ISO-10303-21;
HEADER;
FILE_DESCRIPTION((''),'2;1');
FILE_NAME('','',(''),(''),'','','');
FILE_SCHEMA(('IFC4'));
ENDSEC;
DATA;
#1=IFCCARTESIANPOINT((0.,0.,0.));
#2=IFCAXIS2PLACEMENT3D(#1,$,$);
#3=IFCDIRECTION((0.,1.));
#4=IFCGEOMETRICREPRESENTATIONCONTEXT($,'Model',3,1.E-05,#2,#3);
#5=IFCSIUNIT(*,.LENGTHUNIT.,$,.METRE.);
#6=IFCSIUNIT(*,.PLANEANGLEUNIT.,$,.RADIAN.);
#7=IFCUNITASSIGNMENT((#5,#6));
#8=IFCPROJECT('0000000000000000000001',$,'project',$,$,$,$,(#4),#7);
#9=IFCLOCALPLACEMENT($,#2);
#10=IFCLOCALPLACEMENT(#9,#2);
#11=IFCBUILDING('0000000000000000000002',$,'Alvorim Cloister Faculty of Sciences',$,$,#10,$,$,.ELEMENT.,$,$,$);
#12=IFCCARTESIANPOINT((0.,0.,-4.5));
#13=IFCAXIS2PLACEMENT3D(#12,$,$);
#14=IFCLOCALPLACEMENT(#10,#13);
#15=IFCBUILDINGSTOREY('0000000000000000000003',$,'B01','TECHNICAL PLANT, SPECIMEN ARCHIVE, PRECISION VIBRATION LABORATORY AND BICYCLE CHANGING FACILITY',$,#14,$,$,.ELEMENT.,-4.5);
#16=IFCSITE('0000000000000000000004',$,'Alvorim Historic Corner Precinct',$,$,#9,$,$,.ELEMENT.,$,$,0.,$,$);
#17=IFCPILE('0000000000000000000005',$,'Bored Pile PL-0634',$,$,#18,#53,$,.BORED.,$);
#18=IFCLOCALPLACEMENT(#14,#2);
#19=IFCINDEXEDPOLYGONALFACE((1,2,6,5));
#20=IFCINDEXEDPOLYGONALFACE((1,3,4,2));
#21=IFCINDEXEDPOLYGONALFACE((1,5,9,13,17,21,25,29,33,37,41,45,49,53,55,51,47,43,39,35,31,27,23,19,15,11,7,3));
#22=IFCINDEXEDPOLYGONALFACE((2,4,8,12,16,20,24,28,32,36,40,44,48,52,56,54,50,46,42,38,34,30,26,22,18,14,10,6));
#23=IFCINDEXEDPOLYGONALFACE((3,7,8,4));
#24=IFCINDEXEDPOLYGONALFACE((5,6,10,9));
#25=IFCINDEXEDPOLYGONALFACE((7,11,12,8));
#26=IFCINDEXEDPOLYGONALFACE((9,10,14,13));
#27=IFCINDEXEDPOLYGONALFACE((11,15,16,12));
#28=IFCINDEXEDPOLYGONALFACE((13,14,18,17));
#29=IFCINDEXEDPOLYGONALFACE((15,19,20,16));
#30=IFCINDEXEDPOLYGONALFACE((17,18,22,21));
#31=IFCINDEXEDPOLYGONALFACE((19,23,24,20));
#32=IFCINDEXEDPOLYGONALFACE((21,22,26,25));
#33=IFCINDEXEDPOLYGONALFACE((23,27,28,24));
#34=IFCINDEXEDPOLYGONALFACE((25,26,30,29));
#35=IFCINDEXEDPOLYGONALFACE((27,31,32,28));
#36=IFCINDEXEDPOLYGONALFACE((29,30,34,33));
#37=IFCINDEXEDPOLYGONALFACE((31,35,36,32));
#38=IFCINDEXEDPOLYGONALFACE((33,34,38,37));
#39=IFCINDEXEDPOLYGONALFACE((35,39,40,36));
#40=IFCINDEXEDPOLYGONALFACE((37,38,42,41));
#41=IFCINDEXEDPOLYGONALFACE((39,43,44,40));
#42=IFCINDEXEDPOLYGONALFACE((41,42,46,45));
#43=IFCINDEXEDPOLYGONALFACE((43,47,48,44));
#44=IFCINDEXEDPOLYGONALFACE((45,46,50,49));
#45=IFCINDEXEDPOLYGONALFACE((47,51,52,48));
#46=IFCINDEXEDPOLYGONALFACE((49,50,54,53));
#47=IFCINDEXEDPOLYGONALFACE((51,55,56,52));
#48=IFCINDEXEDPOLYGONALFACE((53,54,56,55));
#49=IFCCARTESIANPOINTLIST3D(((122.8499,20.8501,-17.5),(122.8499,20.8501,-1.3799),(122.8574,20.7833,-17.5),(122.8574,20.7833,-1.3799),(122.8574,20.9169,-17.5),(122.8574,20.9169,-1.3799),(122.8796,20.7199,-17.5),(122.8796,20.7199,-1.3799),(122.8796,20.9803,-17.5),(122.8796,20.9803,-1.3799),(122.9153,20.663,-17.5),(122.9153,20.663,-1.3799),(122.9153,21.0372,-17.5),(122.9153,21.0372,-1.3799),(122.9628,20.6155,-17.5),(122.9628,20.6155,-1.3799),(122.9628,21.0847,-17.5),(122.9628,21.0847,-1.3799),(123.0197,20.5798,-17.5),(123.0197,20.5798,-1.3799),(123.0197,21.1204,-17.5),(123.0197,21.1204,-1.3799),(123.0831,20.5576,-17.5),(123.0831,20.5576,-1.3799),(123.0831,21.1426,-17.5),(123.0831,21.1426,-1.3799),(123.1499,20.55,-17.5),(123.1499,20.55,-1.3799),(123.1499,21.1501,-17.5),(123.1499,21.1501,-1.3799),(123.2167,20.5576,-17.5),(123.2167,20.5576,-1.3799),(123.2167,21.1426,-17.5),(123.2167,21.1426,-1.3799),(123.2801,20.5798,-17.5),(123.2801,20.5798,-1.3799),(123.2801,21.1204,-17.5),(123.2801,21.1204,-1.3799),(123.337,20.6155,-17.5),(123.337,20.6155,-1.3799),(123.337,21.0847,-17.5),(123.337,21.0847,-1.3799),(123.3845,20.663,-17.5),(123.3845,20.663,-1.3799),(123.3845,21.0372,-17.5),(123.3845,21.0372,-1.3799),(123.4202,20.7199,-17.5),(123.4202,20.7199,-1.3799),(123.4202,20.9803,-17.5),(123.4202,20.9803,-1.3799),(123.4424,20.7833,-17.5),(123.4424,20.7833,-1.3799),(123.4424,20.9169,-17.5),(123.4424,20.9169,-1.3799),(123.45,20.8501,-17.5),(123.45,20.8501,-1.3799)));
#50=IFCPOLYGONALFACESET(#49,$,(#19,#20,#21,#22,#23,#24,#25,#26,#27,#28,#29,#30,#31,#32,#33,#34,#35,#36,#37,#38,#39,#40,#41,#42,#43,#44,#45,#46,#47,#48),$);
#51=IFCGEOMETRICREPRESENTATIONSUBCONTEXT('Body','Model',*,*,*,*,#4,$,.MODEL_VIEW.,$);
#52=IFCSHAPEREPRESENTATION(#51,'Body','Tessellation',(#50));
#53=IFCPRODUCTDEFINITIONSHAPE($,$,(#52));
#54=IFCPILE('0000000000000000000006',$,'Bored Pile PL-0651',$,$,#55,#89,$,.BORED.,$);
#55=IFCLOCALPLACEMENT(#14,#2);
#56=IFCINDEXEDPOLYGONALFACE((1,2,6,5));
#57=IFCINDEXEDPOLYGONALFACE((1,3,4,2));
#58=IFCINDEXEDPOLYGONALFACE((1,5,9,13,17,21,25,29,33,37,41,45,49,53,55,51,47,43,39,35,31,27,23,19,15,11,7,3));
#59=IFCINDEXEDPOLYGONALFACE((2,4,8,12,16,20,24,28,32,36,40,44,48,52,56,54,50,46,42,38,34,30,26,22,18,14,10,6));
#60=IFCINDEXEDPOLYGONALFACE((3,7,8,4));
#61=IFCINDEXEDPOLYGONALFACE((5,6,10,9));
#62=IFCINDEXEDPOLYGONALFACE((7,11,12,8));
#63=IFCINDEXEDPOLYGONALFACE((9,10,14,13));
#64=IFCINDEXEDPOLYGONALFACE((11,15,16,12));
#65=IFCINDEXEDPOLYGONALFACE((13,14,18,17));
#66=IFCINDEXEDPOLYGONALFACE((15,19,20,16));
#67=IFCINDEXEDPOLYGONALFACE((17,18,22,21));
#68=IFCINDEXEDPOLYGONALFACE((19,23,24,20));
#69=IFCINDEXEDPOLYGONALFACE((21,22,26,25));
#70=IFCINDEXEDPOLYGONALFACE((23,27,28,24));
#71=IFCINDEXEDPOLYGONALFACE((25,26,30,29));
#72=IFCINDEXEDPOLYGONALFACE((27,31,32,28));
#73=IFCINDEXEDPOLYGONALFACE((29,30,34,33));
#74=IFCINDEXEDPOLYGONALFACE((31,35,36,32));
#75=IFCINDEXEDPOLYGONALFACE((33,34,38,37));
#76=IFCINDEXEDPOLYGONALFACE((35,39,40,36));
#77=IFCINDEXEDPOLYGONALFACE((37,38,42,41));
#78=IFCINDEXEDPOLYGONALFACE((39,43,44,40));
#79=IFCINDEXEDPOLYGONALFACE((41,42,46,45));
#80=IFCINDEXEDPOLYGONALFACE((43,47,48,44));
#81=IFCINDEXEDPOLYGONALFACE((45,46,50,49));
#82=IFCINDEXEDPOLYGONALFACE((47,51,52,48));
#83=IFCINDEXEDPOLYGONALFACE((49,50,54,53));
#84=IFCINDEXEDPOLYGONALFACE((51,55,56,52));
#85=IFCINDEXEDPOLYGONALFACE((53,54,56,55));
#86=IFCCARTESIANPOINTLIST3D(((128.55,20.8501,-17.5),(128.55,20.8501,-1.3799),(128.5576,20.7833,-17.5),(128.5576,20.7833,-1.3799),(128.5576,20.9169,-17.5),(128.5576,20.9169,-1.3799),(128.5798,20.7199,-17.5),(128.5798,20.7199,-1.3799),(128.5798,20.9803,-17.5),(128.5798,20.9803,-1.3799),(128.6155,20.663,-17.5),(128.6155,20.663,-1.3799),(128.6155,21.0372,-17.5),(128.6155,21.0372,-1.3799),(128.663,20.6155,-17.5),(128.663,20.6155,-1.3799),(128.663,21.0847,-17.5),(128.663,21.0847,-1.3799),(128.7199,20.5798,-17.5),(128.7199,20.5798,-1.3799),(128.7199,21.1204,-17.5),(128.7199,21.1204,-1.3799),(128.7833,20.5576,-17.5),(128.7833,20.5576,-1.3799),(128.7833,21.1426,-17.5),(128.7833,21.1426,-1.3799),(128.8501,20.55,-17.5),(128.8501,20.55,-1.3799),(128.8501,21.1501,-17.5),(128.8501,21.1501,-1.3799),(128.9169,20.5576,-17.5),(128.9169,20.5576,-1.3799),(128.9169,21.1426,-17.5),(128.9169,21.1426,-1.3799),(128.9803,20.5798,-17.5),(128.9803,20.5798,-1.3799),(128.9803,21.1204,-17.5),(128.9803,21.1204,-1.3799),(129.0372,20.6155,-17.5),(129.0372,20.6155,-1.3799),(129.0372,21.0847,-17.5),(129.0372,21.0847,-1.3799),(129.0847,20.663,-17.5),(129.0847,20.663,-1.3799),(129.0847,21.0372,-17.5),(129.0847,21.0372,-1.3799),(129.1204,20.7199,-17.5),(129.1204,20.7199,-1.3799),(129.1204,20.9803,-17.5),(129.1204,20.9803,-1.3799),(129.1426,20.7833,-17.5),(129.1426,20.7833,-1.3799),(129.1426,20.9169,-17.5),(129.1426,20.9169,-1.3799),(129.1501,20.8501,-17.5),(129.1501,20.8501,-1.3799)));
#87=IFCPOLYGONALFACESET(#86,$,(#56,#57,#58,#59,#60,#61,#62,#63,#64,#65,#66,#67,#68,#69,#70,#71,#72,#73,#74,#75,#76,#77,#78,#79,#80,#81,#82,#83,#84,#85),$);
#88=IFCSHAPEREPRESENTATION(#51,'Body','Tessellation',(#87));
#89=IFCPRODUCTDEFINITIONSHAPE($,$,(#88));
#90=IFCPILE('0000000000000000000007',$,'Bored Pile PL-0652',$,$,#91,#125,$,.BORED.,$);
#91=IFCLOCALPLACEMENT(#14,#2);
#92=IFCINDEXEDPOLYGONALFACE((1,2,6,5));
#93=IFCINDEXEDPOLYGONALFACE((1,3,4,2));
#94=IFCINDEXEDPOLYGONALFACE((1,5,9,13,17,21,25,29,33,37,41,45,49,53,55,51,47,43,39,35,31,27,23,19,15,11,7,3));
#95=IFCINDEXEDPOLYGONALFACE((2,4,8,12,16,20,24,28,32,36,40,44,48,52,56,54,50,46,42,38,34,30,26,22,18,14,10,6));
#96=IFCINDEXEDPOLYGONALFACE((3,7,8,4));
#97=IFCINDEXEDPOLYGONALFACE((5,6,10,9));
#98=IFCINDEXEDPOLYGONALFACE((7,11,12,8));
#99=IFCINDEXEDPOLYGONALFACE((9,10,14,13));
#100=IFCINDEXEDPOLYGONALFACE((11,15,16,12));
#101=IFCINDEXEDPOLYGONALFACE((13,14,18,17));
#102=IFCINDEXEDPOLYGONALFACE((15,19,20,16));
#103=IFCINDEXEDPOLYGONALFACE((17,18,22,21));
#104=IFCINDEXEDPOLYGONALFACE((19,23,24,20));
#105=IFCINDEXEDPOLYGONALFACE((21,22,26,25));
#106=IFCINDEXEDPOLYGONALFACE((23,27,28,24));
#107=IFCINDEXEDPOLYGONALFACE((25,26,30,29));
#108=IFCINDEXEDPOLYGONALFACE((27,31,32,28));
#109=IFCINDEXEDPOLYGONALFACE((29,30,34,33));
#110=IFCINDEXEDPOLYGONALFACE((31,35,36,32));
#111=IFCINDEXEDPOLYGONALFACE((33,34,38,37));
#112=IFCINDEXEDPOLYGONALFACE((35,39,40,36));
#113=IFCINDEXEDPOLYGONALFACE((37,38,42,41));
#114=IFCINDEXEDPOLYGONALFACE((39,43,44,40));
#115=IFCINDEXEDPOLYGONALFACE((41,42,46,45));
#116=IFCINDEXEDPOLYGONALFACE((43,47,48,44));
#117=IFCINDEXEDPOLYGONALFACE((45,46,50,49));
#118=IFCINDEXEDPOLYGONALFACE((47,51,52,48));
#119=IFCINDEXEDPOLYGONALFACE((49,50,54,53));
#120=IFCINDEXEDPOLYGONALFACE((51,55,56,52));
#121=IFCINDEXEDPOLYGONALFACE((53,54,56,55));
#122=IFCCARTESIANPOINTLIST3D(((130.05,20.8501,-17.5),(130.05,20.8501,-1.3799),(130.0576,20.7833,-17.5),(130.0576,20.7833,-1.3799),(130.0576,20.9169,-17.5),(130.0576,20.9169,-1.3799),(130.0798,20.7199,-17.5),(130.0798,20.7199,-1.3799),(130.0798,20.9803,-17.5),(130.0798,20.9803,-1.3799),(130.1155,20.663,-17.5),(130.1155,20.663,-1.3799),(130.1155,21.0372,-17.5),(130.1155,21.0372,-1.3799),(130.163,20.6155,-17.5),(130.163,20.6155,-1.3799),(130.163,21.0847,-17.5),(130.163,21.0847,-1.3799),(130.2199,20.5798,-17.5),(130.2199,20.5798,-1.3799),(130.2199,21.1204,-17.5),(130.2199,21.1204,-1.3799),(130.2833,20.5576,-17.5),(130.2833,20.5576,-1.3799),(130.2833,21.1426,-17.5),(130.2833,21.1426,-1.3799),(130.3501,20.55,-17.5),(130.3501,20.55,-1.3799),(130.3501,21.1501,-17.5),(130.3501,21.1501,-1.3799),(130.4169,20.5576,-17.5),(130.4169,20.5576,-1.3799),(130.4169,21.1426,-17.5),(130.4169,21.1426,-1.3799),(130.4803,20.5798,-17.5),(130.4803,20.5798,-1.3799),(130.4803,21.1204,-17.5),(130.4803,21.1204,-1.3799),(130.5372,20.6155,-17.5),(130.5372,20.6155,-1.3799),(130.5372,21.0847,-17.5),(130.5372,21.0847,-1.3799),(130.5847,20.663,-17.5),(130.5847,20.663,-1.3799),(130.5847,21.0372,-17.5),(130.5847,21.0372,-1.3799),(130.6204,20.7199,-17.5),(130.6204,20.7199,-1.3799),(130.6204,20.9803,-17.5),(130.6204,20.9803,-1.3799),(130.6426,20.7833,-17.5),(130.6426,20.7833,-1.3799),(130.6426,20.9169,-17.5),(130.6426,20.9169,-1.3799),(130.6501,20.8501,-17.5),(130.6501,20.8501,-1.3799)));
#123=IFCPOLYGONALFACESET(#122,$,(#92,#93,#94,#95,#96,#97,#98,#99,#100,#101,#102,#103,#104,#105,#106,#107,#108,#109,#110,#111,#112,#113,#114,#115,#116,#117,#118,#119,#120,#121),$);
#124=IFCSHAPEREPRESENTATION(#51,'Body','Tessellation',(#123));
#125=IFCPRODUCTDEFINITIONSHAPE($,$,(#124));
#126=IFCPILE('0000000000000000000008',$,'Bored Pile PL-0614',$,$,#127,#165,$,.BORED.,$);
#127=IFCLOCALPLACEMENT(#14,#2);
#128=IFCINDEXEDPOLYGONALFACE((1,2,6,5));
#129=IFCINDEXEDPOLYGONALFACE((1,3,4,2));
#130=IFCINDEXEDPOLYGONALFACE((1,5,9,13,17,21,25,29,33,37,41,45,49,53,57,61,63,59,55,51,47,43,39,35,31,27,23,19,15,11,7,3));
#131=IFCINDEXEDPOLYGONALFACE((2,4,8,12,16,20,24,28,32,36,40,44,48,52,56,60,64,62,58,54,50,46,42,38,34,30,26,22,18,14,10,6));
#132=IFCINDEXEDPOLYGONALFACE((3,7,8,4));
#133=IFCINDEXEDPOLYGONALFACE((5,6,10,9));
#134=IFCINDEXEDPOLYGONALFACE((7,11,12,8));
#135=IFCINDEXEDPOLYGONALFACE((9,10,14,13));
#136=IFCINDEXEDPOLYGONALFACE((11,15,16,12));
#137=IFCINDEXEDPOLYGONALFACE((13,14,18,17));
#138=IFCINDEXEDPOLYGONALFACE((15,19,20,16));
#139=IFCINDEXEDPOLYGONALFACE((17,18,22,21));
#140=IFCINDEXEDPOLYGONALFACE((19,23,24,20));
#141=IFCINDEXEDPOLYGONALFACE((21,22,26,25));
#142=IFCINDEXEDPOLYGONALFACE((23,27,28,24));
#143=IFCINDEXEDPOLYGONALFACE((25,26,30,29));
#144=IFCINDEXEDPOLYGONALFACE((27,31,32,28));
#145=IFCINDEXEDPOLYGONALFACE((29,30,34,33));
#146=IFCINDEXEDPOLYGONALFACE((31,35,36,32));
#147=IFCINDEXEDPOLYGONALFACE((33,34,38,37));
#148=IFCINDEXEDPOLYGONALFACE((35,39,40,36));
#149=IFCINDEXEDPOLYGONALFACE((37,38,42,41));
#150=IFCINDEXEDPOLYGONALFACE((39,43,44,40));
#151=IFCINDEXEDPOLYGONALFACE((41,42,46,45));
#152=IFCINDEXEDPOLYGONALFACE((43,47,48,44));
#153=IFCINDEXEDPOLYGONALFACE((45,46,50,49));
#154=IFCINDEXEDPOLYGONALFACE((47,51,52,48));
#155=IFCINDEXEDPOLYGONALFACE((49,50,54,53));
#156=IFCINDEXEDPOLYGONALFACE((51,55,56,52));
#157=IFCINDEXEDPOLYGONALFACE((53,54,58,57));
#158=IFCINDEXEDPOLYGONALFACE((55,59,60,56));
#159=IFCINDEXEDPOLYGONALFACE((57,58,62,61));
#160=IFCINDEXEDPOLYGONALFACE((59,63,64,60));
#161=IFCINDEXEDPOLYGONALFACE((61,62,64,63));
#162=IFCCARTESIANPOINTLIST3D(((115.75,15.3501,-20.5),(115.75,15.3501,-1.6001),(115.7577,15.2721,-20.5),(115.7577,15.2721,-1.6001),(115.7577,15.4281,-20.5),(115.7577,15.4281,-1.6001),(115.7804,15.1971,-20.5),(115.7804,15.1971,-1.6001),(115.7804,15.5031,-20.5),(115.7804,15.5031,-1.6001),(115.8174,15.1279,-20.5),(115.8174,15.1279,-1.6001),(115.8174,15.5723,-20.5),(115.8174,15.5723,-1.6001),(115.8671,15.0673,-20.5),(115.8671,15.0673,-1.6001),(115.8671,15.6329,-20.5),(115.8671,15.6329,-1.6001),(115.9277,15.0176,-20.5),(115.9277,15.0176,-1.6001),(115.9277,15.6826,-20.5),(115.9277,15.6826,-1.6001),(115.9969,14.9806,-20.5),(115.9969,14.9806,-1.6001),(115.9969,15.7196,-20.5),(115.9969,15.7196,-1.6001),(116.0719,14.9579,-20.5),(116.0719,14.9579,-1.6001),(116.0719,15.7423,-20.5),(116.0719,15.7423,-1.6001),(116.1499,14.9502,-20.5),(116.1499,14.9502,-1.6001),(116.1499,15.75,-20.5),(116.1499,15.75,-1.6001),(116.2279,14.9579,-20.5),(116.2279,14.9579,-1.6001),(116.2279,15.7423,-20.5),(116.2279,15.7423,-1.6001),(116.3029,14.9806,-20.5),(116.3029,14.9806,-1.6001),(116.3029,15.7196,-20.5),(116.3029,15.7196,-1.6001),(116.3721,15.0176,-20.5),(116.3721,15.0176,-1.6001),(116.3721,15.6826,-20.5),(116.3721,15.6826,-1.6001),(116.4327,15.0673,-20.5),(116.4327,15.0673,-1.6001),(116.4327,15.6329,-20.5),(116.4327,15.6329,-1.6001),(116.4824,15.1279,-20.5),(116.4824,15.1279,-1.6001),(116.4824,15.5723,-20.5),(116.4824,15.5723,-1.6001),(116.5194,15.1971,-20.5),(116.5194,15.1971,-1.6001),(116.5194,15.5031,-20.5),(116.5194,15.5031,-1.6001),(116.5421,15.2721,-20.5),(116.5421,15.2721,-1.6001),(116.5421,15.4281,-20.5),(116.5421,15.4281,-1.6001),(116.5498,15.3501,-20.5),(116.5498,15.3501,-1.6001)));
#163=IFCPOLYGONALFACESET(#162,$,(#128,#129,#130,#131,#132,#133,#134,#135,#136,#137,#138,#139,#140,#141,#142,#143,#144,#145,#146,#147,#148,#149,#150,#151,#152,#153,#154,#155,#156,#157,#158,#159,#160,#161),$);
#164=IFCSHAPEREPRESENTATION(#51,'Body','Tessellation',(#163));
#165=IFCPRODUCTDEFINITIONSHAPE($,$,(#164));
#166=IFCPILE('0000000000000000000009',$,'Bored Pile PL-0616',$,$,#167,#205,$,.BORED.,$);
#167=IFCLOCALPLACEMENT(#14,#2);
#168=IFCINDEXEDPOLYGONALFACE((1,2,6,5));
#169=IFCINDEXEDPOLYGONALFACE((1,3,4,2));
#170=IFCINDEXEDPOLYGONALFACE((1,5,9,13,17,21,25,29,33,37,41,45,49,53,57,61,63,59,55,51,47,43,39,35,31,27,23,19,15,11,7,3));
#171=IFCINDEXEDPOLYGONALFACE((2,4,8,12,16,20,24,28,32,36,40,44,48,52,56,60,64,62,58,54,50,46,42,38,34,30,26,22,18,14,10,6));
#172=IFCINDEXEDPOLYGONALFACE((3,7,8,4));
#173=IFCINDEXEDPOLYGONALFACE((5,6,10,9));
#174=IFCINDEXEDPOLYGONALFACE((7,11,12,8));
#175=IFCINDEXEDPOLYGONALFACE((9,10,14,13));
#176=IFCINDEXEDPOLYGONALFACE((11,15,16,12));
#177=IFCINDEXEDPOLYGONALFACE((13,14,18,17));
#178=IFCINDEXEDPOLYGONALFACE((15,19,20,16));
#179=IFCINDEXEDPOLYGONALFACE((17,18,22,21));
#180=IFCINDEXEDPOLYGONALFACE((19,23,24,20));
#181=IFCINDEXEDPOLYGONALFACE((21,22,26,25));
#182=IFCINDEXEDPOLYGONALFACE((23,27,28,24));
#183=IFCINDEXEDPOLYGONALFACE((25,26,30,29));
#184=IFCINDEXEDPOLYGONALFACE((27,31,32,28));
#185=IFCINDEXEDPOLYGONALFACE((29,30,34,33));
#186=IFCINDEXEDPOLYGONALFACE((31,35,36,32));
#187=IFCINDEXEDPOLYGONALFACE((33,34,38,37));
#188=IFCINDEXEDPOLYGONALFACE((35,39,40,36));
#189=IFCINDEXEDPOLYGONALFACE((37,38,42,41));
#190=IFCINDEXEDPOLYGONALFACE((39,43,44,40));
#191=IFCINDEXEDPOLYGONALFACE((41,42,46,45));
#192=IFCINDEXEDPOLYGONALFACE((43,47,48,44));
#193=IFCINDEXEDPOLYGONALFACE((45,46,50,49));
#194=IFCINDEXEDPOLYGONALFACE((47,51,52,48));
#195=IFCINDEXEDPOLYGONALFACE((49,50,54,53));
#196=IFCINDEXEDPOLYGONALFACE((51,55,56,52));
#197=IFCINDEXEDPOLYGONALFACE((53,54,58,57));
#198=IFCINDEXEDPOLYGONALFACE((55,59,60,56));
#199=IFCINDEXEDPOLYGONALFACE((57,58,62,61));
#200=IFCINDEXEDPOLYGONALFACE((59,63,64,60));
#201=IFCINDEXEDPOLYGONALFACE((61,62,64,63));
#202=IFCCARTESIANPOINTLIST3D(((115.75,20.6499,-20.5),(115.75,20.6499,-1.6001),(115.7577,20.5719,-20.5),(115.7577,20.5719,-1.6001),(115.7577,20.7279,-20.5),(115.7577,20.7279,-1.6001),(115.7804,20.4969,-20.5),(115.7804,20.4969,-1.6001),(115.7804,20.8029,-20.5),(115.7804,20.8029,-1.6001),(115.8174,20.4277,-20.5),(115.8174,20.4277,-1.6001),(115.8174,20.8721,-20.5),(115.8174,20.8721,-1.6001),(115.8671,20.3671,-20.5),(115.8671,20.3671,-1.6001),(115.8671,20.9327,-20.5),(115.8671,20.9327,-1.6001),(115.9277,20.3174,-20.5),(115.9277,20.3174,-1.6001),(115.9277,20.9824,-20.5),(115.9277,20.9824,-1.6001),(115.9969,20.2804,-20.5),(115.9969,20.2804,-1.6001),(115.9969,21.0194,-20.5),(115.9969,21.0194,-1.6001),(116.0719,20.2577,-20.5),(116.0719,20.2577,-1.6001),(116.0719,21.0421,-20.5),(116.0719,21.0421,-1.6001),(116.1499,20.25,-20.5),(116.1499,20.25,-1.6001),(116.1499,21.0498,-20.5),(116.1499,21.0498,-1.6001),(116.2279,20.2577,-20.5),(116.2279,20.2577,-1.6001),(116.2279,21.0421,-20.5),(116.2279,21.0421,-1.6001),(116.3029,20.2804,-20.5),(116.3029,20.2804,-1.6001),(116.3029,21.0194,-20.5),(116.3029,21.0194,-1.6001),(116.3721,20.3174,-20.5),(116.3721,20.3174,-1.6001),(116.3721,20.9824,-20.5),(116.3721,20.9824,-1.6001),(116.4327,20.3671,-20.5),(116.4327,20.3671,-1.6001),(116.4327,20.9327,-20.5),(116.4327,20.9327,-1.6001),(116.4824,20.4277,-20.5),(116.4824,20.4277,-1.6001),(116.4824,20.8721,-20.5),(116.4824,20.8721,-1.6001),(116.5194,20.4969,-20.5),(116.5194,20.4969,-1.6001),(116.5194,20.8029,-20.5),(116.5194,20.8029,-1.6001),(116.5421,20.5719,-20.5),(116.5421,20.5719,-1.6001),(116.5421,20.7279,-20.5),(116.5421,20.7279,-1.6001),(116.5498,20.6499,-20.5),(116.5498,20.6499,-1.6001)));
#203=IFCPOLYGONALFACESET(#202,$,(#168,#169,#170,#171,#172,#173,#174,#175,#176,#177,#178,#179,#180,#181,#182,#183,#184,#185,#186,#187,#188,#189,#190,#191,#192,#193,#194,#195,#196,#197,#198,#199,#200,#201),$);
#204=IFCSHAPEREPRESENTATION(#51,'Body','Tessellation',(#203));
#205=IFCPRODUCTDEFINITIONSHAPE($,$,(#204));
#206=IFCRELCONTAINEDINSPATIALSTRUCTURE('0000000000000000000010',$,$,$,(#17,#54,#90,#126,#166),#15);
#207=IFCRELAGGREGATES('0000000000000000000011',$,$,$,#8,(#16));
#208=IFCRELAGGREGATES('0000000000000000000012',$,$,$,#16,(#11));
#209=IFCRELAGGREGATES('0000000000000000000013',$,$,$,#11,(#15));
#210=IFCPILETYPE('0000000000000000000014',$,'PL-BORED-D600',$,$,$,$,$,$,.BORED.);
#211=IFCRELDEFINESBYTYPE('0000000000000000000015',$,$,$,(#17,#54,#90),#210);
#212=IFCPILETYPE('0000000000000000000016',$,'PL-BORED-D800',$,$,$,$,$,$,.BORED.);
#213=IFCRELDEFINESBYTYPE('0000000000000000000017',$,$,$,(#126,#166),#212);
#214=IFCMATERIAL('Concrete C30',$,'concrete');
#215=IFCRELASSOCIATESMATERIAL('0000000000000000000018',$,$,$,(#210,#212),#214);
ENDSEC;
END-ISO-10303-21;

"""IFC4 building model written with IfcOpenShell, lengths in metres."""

from ifc_helpers import new_model, si_unit, direction, frame, origin, origin_2d, place, context, subcontext, project, spatial, circle, extrude, material, material_profile, profile_set, type_object, element, save


model = new_model("IFC4")

# Units and contexts
model_context = context("Model", 3, precision=1e-05, world=origin(), true_north=direction((0.0, 1.0)))
body_context = subcontext(model_context, "Body", "Model", "MODEL_VIEW")
ifc_project = project(units=[si_unit("LENGTHUNIT", "METRE"), si_unit("PLANEANGLEUNIT", "RADIAN")], contexts=[model_context])

# Site, building, storey
site_placement = place(None, origin())
site = spatial("IfcSite", under=ifc_project, at=site_placement, Name="Alvorim Historic Corner Precinct", CompositionType="ELEMENT", RefElevation=0.0)
building_placement = place(site_placement, origin())
building = spatial("IfcBuilding", under=site, at=building_placement, Name="Alvorim Cloister Faculty of Sciences", CompositionType="ELEMENT")
storey_placement = place(building_placement, frame((0.0, 0.0, -4.5)))
storey = spatial("IfcBuildingStorey", under=building, at=storey_placement, Name="B01", Description="TECHNICAL PLANT, SPECIMEN ARCHIVE, PRECISION VIBRATION LABORATORY AND BICYCLE CHANGING FACILITY", CompositionType="ELEMENT", Elevation=-4.5)

# Piles
ifc_material_1 = material(Name="Concrete C30", Category="concrete")
ifc_material_profile_1 = material_profile(ifc_material_1, circle(Radius=0.3, at=origin_2d()), Name="PILE-D600")
ifc_profile_set_1 = profile_set([ifc_material_profile_1], Name="Concrete C30")
pile_type_1 = type_object("IfcPileType", Name="PL-BORED-D600", PredefinedType="BORED", material=ifc_profile_set_1)
for number, where, z_axis, x_axis, name in (
    (1, (123.1499, 20.8501, -1.3799), (0.0, 0.0, -1.0), (1.0, 0.0, 0.0), "Bored Pile PL-0634"),
    (2, (128.8501, 20.8501, -1.3799), (0.0, 0.0, -1.0), (1.0, 0.0, 0.0), "Bored Pile PL-0651"),
    (3, (130.3501, 20.8501, -1.3799), (0.0, 0.0, -1.0), (1.0, 0.0, 0.0), "Bored Pile PL-0652"),
):
    element("IfcPile", number, at=place(storey_placement, frame(where, z_axis=z_axis, x_axis=x_axis)), inside=storey, type_object=pile_type_1, Name=name, PredefinedType="BORED", context=body_context, shape_type="SweptSolid", body=[
        extrude(circle(Radius=0.3, at=origin_2d()), origin(), (0.0, 0.0, 1.0), 16.1201),
    ])
ifc_material_profile_2 = material_profile(ifc_material_1, circle(Radius=0.3999, at=origin_2d()), Name="PILE-D800")
ifc_profile_set_2 = profile_set([ifc_material_profile_2], Name="Concrete C30")
pile_type_2 = type_object("IfcPileType", Name="PL-BORED-D800", PredefinedType="BORED", material=ifc_profile_set_2)
for number, where, z_axis, x_axis, name in (
    (4, (116.1499, 15.3501, -1.6001), (0.0, 0.0, -1.0), (1.0, 0.0, 0.0), "Bored Pile PL-0614"),
    (5, (116.1499, 20.6499, -1.6001), (0.0, 0.0, -1.0), (1.0, 0.0, 0.0), "Bored Pile PL-0616"),
):
    element("IfcPile", number, at=place(storey_placement, frame(where, z_axis=z_axis, x_axis=x_axis)), inside=storey, type_object=pile_type_2, Name=name, PredefinedType="BORED", context=body_context, shape_type="SweptSolid", body=[
        extrude(circle(Radius=0.3999, at=origin_2d()), origin(), (0.0, 0.0, 1.0), 18.8999),
    ])

save(model, "model.ifc")
